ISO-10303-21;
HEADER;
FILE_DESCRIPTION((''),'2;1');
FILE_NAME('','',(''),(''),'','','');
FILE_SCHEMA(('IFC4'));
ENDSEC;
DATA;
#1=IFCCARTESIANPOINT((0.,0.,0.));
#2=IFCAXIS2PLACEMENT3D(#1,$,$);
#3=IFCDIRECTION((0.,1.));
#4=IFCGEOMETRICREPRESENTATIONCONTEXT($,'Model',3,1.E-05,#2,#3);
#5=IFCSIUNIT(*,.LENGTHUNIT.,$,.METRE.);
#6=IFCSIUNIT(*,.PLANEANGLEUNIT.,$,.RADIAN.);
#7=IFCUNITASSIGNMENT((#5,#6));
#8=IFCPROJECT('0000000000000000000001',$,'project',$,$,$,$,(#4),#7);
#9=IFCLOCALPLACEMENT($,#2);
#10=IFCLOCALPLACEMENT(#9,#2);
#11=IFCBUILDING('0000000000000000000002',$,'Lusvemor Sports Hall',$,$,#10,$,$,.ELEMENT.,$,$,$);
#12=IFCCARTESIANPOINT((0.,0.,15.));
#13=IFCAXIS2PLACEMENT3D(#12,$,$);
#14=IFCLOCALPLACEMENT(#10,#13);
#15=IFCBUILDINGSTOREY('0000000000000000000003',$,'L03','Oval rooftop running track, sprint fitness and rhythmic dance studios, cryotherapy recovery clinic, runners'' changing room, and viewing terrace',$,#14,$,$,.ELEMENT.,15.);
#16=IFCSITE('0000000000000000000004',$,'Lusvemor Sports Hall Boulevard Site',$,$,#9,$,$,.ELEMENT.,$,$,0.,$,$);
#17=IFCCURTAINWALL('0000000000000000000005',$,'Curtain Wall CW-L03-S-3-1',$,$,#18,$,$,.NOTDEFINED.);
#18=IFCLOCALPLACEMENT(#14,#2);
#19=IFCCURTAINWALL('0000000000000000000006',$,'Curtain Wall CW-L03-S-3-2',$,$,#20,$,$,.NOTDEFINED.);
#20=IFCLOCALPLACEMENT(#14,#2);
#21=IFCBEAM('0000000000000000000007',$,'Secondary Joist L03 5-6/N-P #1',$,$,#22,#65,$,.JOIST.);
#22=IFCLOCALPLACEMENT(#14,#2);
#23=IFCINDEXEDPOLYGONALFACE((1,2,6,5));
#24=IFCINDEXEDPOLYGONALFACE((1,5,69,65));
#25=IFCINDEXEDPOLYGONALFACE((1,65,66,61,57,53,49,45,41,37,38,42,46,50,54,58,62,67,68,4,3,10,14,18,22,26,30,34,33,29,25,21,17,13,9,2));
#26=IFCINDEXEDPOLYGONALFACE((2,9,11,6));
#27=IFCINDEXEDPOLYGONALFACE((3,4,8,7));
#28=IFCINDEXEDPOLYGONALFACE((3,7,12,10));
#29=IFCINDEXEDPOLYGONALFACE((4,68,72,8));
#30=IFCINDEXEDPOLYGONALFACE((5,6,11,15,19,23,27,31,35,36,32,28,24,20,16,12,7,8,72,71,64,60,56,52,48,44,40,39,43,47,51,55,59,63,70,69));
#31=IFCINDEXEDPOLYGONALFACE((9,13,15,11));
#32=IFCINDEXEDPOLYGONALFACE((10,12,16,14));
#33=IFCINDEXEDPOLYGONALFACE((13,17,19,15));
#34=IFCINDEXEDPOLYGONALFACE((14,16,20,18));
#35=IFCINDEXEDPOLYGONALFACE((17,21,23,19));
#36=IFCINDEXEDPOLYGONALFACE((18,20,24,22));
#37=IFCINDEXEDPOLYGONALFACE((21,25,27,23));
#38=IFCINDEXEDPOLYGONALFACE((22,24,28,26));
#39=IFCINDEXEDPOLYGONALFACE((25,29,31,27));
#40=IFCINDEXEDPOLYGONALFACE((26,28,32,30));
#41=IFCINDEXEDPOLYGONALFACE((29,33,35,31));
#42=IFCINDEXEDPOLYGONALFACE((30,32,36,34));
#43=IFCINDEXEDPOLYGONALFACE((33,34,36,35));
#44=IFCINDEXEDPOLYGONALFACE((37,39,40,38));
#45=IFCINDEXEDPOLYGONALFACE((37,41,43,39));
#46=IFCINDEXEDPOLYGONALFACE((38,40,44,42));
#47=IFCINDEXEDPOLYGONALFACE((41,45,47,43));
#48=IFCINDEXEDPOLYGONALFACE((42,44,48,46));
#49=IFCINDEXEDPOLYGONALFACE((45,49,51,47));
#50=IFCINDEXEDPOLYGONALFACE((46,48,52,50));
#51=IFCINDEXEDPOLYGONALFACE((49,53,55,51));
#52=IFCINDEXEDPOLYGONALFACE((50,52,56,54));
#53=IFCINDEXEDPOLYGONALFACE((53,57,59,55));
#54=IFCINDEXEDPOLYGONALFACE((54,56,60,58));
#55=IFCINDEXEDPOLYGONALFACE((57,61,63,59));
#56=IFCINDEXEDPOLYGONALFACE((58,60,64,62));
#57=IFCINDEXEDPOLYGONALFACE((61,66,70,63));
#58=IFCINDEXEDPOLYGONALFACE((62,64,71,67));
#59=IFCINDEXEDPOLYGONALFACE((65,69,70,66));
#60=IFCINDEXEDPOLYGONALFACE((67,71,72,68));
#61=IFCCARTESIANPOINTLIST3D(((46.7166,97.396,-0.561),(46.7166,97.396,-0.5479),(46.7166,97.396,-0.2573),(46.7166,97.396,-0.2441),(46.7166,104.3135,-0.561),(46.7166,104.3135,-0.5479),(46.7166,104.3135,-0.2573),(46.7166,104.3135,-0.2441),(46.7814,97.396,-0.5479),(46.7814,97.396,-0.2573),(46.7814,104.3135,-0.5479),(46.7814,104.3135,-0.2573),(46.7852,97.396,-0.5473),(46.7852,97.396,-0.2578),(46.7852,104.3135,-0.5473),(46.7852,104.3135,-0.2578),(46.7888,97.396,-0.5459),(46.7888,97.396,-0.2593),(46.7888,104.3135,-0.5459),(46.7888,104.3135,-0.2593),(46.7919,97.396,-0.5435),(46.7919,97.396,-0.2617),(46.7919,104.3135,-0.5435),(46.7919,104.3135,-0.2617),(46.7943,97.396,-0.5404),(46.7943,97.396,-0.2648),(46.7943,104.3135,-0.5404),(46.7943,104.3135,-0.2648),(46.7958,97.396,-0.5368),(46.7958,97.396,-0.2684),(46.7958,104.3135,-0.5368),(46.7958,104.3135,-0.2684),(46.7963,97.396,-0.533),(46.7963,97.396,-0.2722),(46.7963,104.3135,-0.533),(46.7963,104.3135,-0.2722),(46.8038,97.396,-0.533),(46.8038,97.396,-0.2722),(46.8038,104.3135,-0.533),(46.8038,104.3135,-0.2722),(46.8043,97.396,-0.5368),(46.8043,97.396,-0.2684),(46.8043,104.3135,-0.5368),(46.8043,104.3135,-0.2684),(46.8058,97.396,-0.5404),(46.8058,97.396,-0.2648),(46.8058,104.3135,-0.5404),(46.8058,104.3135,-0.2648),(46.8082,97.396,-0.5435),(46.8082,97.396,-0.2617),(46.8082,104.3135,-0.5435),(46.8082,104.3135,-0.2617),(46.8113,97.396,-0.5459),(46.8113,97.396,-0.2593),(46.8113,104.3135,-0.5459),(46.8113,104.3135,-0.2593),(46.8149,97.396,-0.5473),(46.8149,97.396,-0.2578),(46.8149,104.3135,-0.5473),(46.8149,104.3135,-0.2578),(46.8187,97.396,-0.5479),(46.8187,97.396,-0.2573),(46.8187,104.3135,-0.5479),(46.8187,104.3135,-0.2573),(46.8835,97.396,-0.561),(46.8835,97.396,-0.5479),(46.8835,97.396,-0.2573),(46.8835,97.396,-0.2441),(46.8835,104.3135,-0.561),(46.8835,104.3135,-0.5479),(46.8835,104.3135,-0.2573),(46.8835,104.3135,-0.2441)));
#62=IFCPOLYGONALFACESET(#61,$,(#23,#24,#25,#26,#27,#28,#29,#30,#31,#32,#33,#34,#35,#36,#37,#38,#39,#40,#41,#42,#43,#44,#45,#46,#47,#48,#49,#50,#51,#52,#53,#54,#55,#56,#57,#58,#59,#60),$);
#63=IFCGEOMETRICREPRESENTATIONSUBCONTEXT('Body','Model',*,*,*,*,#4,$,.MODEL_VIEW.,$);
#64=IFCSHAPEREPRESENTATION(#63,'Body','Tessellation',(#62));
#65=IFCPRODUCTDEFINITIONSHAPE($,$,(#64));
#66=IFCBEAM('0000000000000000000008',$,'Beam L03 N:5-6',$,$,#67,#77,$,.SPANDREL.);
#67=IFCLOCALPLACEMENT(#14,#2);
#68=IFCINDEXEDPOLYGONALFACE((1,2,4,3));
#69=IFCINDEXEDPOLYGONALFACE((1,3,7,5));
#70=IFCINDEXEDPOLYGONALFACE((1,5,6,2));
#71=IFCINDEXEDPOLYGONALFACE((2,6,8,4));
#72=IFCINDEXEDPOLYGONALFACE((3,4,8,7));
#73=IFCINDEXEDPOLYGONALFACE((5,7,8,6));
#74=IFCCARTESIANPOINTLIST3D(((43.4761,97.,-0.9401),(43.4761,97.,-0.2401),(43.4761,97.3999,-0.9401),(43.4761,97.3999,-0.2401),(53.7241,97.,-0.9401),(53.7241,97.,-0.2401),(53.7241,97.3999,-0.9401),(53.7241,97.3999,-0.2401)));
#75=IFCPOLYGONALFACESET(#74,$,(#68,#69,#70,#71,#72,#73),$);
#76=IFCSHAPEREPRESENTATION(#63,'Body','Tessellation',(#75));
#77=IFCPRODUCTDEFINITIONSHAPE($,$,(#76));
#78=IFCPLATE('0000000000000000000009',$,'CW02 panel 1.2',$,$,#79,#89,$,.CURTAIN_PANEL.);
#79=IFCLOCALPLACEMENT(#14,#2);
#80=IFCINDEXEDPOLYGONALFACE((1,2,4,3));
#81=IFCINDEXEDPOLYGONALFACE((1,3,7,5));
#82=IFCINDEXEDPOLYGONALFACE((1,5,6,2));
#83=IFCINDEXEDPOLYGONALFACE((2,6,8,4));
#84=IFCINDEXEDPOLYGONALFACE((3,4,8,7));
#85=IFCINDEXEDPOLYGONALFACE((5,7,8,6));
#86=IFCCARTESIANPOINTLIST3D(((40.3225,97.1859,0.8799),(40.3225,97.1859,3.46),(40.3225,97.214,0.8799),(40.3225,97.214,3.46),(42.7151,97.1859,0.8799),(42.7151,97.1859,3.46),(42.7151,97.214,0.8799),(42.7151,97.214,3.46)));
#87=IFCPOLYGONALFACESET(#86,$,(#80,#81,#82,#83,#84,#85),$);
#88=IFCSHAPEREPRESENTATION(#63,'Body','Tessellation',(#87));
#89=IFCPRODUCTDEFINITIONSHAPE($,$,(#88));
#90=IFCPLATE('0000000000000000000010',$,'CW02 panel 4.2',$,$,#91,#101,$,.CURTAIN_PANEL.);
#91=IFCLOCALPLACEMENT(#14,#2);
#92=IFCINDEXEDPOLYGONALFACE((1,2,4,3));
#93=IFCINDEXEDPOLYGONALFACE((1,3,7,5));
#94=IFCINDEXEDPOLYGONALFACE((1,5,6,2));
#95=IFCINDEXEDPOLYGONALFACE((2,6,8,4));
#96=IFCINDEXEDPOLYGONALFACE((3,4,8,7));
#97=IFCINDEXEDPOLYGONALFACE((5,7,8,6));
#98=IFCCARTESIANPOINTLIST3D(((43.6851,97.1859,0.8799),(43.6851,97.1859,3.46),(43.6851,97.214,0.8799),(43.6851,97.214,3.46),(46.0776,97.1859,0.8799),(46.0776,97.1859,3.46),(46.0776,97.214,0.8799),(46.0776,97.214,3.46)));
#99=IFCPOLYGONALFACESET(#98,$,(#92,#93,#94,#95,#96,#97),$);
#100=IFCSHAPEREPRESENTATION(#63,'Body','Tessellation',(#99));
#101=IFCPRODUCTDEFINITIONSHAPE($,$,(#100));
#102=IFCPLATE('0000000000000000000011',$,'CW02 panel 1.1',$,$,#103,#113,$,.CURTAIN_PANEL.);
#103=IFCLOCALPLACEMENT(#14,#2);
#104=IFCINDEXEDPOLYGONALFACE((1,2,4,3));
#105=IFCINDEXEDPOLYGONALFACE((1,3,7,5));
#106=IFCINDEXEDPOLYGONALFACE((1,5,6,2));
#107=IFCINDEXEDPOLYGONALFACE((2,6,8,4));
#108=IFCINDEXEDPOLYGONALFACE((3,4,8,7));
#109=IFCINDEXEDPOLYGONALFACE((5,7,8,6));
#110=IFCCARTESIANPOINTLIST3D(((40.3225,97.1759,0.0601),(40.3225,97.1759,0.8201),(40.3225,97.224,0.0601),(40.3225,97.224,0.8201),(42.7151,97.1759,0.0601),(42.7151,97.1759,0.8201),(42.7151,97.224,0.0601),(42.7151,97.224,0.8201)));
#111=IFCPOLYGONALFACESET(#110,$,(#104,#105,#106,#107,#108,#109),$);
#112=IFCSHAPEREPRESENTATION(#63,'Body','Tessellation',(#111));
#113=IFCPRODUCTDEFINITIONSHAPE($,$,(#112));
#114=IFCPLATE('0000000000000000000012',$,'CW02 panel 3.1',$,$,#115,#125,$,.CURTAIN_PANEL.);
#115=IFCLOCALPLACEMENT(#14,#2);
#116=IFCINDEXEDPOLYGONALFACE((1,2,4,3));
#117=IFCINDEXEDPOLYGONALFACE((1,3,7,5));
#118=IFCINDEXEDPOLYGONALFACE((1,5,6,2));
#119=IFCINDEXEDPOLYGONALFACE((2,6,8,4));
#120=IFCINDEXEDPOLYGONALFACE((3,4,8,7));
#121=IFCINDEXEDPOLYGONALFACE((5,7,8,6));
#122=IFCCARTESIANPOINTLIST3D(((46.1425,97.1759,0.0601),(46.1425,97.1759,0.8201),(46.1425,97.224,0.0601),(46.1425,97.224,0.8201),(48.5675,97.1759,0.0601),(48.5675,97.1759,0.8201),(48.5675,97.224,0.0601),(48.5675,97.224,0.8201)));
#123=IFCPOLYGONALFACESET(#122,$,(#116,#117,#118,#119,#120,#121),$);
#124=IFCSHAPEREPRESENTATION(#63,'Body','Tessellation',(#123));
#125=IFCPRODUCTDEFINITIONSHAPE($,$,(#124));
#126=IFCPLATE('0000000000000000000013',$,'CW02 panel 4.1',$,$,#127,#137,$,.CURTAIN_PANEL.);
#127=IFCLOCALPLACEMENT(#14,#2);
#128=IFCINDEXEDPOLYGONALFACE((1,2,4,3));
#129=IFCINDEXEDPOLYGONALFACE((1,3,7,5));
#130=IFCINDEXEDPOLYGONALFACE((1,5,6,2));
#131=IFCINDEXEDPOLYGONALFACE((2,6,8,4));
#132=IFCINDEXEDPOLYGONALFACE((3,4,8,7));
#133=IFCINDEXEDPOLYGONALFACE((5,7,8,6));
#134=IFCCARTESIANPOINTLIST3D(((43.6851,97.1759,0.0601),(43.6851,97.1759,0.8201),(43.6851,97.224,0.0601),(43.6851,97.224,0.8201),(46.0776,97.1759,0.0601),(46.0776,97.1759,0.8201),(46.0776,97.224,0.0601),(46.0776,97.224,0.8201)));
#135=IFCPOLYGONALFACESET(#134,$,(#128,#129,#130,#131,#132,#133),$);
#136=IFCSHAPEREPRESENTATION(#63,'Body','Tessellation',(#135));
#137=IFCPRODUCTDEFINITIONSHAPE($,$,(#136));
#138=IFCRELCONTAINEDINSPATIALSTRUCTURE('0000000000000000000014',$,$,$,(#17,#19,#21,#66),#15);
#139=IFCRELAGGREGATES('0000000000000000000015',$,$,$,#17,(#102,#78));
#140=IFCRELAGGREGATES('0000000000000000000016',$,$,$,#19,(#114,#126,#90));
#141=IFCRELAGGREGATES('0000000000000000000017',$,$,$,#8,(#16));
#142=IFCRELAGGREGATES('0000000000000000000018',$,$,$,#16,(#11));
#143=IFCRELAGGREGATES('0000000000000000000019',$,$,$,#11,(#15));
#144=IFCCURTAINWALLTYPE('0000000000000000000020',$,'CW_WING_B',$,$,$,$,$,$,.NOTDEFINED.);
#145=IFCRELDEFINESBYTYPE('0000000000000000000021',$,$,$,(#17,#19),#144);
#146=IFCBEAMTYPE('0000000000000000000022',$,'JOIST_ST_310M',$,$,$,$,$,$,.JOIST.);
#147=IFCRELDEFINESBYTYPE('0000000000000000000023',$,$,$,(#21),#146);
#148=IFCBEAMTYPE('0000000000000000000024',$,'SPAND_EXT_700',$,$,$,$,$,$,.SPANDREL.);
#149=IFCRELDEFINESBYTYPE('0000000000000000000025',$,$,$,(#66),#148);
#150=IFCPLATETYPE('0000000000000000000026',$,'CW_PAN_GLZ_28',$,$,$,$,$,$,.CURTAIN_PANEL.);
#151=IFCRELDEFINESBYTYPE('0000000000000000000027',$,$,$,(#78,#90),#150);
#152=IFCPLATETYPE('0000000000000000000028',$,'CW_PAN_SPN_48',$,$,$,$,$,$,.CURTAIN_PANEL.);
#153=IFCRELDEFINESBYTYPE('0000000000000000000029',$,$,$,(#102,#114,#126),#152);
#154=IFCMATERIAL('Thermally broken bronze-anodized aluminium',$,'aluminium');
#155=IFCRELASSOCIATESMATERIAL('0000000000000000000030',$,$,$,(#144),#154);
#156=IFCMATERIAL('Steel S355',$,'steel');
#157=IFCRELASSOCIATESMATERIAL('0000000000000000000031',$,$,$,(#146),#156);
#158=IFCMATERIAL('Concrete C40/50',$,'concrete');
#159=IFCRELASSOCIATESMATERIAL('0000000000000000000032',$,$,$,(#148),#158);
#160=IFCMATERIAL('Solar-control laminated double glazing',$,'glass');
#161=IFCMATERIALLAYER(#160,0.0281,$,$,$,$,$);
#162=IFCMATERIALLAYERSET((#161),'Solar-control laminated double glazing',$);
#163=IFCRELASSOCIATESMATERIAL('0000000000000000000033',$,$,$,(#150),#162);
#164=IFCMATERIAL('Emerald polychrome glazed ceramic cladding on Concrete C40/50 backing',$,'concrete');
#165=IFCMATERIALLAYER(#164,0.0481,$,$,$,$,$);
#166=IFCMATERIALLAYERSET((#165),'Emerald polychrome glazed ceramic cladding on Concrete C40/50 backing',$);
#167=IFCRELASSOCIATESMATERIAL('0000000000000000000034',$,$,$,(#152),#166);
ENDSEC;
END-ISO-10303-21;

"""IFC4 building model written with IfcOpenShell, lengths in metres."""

from ifc_helpers import new_model, si_unit, direction, frame, origin, origin_2d, place, context, subcontext, project, spatial, rectangle, i_section, extrude, material, layer, layer_set, material_profile, profile_set, type_object, element, aggregate, save


model = new_model("IFC4")

# Units and contexts
model_context = context("Model", 3, precision=1e-05, world=origin(), true_north=direction((0.0, 1.0)))
body_context = subcontext(model_context, "Body", "Model", "MODEL_VIEW")
ifc_project = project(units=[si_unit("LENGTHUNIT", "METRE"), si_unit("PLANEANGLEUNIT", "RADIAN")], contexts=[model_context])

# Site, building, storey
site_placement = place(None, origin())
site = spatial("IfcSite", under=ifc_project, at=site_placement, Name="Lusvemor Sports Hall Boulevard Site", CompositionType="ELEMENT", RefElevation=0.0)
building_placement = place(site_placement, origin())
building = spatial("IfcBuilding", under=site, at=building_placement, Name="Lusvemor Sports Hall", CompositionType="ELEMENT")
storey_placement = place(building_placement, frame((0.0, 0.0, 15.0)))
storey = spatial("IfcBuildingStorey", under=building, at=storey_placement, Name="L03", Description="Oval rooftop running track, sprint fitness and rhythmic dance studios, cryotherapy recovery clinic, runners' changing room, and viewing terrace", CompositionType="ELEMENT", Elevation=15.0)

# Curtain walls
ifc_material_1 = material(Name="Thermally broken bronze-anodized aluminium", Category="aluminium")
curtain_wall_type = type_object("IfcCurtainWallType", Name="CW_WING_B", PredefinedType="NOTDEFINED", material=ifc_material_1)
curtain_wall_1_placement = place(storey_placement, origin())
curtain_wall_1 = element("IfcCurtainWall", 1, at=curtain_wall_1_placement, inside=storey, type_object=curtain_wall_type, Name="Curtain Wall CW-L03-S-3-1", PredefinedType="NOTDEFINED")
curtain_wall_2_placement = place(storey_placement, origin())
curtain_wall_2 = element("IfcCurtainWall", 2, at=curtain_wall_2_placement, inside=storey, type_object=curtain_wall_type, Name="Curtain Wall CW-L03-S-3-2", PredefinedType="NOTDEFINED")

# Beams
ifc_material_2 = material(Name="Steel S355", Category="steel")
ifc_material_profile_1 = material_profile(ifc_material_2, i_section(OverallWidth=0.167, OverallDepth=0.3169, WebThickness=0.0076, FlangeThickness=0.0132, FilletRadius=0.0149, at=origin_2d()), Name="W310x52.0")
ifc_profile_set_1 = profile_set([ifc_material_profile_1], Name="Steel S355")
beam_type_1 = type_object("IfcBeamType", Name="JOIST_ST_310M", PredefinedType="JOIST", material=ifc_profile_set_1)
beam_1_placement = place(storey_placement, frame((46.8, 97.396, -0.4026), z_axis=(0.0, 1.0, 0.0), x_axis=(-1.0, 0.0, 0.0)))
element("IfcBeam", 3, at=beam_1_placement, inside=storey, type_object=beam_type_1, Name="Secondary Joist L03 5-6/N-P #1", PredefinedType="JOIST", context=body_context, shape_type="SweptSolid", body=[
    extrude(i_section(OverallWidth=0.167, OverallDepth=0.3169, WebThickness=0.0076, FlangeThickness=0.0132, FilletRadius=0.0149, at=origin_2d()), origin(), (0.0, 0.0, 1.0), 6.9175),
])
ifc_material_3 = material(Name="Concrete C40/50", Category="concrete")
ifc_material_profile_2 = material_profile(ifc_material_3, rectangle(XDim=0.3999, YDim=0.7, at=origin_2d()), Name="RC400x700")
ifc_profile_set_2 = profile_set([ifc_material_profile_2], Name="Concrete C40/50")
beam_type_2 = type_object("IfcBeamType", Name="SPAND_EXT_700", PredefinedType="SPANDREL", material=ifc_profile_set_2)
beam_2_placement = place(storey_placement, frame((43.4761, 97.2, -0.5901), z_axis=(1.0, 0.0, 0.0), x_axis=(0.0, 1.0, 0.0)))
element("IfcBeam", 4, at=beam_2_placement, inside=storey, type_object=beam_type_2, Name="Beam L03 N:5-6", PredefinedType="SPANDREL", context=body_context, shape_type="SweptSolid", body=[
    extrude(rectangle(XDim=0.3999, YDim=0.7, at=origin_2d()), origin(), (0.0, 0.0, 1.0), 10.248),
])

# Plates
ifc_material_4 = material(Name="Solar-control laminated double glazing", Category="glass")
ifc_layer_1 = layer(ifc_material_4, 0.0281)
ifc_layer_set_1 = layer_set([ifc_layer_1], Name="Solar-control laminated double glazing")
plate_type_1 = type_object("IfcPlateType", Name="CW_PAN_GLZ_28", PredefinedType="CURTAIN_PANEL", material=ifc_layer_set_1)
plate_1_placement = place(storey_placement, frame((41.5188, 97.2, 0.8799), z_axis=(0.0, 0.0, 1.0), x_axis=(-1.0, 0.0, 0.0)))
plate_1 = element("IfcPlate", 5, at=plate_1_placement, type_object=plate_type_1, Name="CW02 panel 1.2", PredefinedType="CURTAIN_PANEL", context=body_context, shape_type="SweptSolid", body=[
    extrude(rectangle(XDim=2.3926, YDim=0.0281, at=origin_2d()), origin(), (0.0, 0.0, 1.0), 2.5801),
])
plate_2_placement = place(storey_placement, frame((44.8813, 97.2, 0.8799), z_axis=(0.0, 0.0, 1.0), x_axis=(-1.0, 0.0, 0.0)))
plate_2 = element("IfcPlate", 6, at=plate_2_placement, type_object=plate_type_1, Name="CW02 panel 4.2", PredefinedType="CURTAIN_PANEL", context=body_context, shape_type="SweptSolid", body=[
    extrude(rectangle(XDim=2.3926, YDim=0.0281, at=origin_2d()), origin(), (0.0, 0.0, 1.0), 2.5801),
])
ifc_material_5 = material(Name="Emerald polychrome glazed ceramic cladding on Concrete C40/50 backing", Category="concrete")
ifc_layer_2 = layer(ifc_material_5, 0.0481)
ifc_layer_set_2 = layer_set([ifc_layer_2], Name="Emerald polychrome glazed ceramic cladding on Concrete C40/50 backing")
plate_type_2 = type_object("IfcPlateType", Name="CW_PAN_SPN_48", PredefinedType="CURTAIN_PANEL", material=ifc_layer_set_2)
plate_3_placement = place(storey_placement, frame((41.5188, 97.2, 0.0601), z_axis=(0.0, 0.0, 1.0), x_axis=(-1.0, 0.0, 0.0)))
plate_3 = element("IfcPlate", 7, at=plate_3_placement, type_object=plate_type_2, Name="CW02 panel 1.1", PredefinedType="CURTAIN_PANEL", context=body_context, shape_type="SweptSolid", body=[
    extrude(rectangle(XDim=2.3926, YDim=0.0481, at=origin_2d()), origin(), (0.0, 0.0, 1.0), 0.76),
])
aggregate(curtain_wall_1, [plate_3, plate_1])
plate_4_placement = place(storey_placement, frame((47.355, 97.2, 0.0601), z_axis=(0.0, 0.0, 1.0), x_axis=(-1.0, 0.0, 0.0)))
plate_4 = element("IfcPlate", 8, at=plate_4_placement, type_object=plate_type_2, Name="CW02 panel 3.1", PredefinedType="CURTAIN_PANEL", context=body_context, shape_type="SweptSolid", body=[
    extrude(rectangle(XDim=2.425, YDim=0.0481, at=origin_2d()), origin(), (0.0, 0.0, 1.0), 0.76),
])
plate_5_placement = place(storey_placement, frame((44.8813, 97.2, 0.0601), z_axis=(0.0, 0.0, 1.0), x_axis=(-1.0, 0.0, 0.0)))
plate_5 = element("IfcPlate", 9, at=plate_5_placement, type_object=plate_type_2, Name="CW02 panel 4.1", PredefinedType="CURTAIN_PANEL", context=body_context, shape_type="SweptSolid", body=[
    extrude(rectangle(XDim=2.3926, YDim=0.0481, at=origin_2d()), origin(), (0.0, 0.0, 1.0), 0.76),
])
aggregate(curtain_wall_2, [plate_4, plate_5, plate_2])

save(model, "model.ifc")
